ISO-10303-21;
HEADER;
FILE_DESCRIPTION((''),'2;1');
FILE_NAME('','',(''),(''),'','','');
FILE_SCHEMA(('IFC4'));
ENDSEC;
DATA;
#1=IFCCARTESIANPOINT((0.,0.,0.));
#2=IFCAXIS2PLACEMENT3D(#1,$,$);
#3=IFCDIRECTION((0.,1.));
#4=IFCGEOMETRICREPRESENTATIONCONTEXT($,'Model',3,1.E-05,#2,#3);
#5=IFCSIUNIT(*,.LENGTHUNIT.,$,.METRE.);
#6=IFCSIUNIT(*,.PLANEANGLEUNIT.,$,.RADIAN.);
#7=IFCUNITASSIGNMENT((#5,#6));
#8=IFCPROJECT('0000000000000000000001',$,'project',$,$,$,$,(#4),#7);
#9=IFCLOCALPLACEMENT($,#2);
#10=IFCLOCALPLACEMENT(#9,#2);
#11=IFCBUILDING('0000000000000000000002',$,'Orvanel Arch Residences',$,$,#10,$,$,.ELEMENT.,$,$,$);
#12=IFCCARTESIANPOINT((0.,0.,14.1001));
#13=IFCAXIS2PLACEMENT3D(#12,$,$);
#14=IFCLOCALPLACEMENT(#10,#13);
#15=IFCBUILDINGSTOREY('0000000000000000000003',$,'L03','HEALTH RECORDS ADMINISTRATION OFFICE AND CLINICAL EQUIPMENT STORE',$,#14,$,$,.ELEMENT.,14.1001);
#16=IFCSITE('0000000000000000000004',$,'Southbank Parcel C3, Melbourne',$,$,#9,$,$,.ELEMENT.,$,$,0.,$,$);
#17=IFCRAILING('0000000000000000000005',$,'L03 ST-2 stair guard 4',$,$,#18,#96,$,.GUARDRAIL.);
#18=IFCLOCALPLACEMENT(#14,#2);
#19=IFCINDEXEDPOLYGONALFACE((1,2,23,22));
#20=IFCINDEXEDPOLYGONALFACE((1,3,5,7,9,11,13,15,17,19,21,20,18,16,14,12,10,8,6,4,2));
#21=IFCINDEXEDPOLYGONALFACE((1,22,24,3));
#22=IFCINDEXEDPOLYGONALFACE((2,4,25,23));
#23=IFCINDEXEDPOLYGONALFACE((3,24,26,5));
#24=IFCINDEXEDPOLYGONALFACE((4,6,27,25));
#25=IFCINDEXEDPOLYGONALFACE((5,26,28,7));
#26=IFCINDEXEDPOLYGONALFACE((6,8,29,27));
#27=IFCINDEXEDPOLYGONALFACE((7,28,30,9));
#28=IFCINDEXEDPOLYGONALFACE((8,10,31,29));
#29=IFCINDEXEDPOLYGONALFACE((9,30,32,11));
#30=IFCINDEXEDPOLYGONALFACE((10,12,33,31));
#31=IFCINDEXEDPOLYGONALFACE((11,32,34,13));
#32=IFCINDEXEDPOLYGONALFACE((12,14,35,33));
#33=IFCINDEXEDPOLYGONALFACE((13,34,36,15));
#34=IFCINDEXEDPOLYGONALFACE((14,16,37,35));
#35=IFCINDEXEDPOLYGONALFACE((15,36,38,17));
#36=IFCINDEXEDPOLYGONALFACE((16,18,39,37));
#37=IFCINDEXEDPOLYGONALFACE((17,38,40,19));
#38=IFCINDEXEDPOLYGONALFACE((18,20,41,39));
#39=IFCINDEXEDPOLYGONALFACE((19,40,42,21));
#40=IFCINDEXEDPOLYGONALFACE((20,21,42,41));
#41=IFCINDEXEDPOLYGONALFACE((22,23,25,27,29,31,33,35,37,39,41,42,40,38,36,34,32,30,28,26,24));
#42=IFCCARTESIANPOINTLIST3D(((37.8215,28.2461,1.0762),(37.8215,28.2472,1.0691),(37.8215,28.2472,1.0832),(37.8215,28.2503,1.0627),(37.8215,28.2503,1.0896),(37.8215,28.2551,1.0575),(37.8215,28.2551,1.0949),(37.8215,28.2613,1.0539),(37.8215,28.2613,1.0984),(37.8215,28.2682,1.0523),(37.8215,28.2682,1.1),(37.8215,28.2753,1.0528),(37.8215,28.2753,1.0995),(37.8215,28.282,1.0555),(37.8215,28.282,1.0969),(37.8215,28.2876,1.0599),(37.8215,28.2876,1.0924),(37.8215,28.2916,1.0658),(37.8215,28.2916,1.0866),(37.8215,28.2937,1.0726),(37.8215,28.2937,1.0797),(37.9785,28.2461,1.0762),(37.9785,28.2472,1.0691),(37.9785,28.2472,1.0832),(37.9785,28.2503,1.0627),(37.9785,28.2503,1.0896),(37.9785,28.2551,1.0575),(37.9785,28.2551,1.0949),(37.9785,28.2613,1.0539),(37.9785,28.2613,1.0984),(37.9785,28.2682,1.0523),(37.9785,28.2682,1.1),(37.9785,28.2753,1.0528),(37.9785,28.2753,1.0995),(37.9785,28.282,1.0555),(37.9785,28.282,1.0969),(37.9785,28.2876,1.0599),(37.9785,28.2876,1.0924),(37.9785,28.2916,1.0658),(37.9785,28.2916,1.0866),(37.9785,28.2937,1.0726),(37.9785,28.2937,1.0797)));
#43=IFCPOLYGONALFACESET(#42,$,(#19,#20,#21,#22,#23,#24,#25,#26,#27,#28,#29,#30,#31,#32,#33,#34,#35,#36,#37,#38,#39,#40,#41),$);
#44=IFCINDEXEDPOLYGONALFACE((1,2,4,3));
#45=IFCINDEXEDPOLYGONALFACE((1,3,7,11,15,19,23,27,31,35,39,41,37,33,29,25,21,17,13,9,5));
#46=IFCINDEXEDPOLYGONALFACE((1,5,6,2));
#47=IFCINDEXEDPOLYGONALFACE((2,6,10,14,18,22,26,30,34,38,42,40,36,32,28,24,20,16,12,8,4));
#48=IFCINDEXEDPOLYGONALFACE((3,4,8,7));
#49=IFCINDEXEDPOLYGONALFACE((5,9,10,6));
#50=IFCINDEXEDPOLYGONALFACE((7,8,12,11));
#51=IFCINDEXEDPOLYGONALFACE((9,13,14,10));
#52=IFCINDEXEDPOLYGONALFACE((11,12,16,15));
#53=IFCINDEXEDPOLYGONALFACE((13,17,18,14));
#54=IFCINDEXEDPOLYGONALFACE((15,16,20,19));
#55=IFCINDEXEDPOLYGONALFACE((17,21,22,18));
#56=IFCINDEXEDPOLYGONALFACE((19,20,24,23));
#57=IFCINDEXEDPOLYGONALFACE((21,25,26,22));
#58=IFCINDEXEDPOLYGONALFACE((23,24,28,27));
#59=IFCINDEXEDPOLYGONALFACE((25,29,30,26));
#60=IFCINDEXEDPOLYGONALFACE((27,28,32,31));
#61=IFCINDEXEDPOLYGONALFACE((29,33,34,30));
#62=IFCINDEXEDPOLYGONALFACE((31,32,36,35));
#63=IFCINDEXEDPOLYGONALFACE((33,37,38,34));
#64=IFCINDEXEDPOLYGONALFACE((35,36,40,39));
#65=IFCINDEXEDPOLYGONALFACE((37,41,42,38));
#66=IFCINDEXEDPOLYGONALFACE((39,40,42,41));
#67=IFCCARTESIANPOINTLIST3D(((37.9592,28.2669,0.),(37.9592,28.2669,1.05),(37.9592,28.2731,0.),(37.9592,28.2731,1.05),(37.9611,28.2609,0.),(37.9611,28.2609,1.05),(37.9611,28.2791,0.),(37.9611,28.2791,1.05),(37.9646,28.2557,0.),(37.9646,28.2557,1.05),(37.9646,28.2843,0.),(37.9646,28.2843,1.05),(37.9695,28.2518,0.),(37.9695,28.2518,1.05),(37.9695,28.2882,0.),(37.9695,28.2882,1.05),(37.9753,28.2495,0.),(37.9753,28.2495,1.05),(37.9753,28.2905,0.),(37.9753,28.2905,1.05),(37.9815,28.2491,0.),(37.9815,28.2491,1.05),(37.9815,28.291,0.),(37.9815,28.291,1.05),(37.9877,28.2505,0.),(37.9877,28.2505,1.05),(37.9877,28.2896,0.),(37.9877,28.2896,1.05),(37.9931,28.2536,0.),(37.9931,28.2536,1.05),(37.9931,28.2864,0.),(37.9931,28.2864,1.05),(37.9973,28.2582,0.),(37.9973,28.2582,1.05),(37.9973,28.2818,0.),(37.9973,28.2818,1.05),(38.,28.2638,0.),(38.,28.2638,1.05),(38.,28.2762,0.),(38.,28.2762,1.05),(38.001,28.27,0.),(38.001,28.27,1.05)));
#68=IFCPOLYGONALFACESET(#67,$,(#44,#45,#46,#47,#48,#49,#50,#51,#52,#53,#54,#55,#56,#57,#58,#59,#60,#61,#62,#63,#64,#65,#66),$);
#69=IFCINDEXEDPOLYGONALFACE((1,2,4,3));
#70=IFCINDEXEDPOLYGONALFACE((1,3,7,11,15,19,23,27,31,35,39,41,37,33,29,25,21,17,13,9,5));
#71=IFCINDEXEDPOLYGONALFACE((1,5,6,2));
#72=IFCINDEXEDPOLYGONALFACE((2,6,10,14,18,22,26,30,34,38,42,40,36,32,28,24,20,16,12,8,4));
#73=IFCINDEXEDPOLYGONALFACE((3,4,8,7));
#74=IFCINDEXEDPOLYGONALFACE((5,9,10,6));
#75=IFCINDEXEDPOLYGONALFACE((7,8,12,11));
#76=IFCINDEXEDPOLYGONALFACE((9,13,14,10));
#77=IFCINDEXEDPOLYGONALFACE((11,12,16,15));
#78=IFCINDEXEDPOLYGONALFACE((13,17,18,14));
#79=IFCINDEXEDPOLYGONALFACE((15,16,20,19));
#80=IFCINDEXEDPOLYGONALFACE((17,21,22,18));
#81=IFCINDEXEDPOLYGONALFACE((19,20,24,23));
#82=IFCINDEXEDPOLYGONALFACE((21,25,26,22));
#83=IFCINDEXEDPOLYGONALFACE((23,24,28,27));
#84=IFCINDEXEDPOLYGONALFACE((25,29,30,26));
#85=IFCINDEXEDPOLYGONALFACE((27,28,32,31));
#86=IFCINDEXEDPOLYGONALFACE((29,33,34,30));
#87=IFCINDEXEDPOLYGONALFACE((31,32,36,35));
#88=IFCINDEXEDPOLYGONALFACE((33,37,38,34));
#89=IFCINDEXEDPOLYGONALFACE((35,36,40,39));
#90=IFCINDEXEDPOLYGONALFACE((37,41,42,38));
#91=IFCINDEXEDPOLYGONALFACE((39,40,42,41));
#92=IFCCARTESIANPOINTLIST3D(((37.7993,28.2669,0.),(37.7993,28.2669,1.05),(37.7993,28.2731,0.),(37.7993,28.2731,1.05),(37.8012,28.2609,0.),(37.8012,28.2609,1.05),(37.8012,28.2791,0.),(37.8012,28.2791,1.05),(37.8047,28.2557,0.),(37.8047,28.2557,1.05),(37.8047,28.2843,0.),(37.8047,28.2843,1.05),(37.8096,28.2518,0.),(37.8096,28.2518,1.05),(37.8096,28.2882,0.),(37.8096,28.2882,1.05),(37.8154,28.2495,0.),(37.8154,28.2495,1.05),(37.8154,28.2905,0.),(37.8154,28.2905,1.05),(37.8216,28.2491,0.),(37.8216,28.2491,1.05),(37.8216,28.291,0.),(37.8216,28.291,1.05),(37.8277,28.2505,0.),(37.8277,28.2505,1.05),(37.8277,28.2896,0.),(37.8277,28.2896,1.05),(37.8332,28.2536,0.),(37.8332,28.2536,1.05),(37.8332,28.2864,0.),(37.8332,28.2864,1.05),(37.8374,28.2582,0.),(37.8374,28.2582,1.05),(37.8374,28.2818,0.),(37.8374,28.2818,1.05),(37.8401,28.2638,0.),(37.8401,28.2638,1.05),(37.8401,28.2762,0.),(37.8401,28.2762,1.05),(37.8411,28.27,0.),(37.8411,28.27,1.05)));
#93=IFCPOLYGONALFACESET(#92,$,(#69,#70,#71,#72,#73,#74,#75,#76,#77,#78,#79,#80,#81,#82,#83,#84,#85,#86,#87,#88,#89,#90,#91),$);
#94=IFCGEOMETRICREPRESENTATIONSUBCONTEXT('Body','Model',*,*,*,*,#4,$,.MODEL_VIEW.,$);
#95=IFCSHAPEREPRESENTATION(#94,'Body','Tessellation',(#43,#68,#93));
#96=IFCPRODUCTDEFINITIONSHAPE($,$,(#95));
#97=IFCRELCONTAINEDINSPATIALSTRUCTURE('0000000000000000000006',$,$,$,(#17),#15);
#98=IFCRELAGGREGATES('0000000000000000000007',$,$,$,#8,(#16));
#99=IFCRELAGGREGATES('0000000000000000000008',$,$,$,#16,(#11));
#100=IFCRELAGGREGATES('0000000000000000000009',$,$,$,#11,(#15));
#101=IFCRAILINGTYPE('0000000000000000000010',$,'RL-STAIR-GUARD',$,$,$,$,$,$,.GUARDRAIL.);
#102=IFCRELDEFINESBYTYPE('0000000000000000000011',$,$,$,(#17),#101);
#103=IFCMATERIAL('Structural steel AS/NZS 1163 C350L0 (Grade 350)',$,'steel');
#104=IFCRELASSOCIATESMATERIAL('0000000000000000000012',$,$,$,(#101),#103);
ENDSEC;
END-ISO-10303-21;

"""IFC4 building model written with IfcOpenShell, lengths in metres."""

from ifc_helpers import new_model, si_unit, direction, frame, origin, origin_2d, place, context, subcontext, project, spatial, circle, extrude, material, type_object, element, save


model = new_model("IFC4")

# Units and contexts
model_context = context("Model", 3, precision=1e-05, world=origin(), true_north=direction((0.0, 1.0)))
body_context = subcontext(model_context, "Body", "Model", "MODEL_VIEW")
ifc_project = project(units=[si_unit("LENGTHUNIT", "METRE"), si_unit("PLANEANGLEUNIT", "RADIAN")], contexts=[model_context])

# Site, building, storey
site_placement = place(None, origin())
site = spatial("IfcSite", under=ifc_project, at=site_placement, Name="Southbank Parcel C3, Melbourne", CompositionType="ELEMENT", RefElevation=0.0)
building_placement = place(site_placement, origin())
building = spatial("IfcBuilding", under=site, at=building_placement, Name="Orvanel Arch Residences", CompositionType="ELEMENT")
storey_placement = place(building_placement, frame((0.0, 0.0, 14.1001)))
storey = spatial("IfcBuildingStorey", under=building, at=storey_placement, Name="L03", Description="HEALTH RECORDS ADMINISTRATION OFFICE AND CLINICAL EQUIPMENT STORE", CompositionType="ELEMENT", Elevation=14.1001)

# Railing
ifc_material_1 = material(Name="Structural steel AS/NZS 1163 C350L0 (Grade 350)", Category="steel")
railing_type_1 = type_object("IfcRailingType", Name="RL-STAIR-GUARD", PredefinedType="GUARDRAIL", material=ifc_material_1)
railing_1_placement = place(storey_placement, frame((37.98, 28.27, 0.0)))
element("IfcRailing", 1, at=railing_1_placement, inside=storey, type_object=railing_type_1, Name="L03 ST-2 stair guard 4", PredefinedType="GUARDRAIL", context=body_context, shape_type="SweptSolid", body=[
    extrude(circle(Radius=0.0239, at=origin_2d()), frame((-0.0015, 0.0, 1.0762), z_axis=(-1.0, 0.0, 0.0), x_axis=(0.0, -1.0, 0.0)), (0.0, 0.0, 1.0), 0.157),
    extrude(circle(Radius=0.021, at=origin_2d()), origin(), (0.0, 0.0, 1.0), 1.05),
    extrude(circle(Radius=0.021, at=origin_2d()), frame((-0.1599, 0.0, 0.0)), (0.0, 0.0, 1.0), 1.05),
])

save(model, "model.ifc")
